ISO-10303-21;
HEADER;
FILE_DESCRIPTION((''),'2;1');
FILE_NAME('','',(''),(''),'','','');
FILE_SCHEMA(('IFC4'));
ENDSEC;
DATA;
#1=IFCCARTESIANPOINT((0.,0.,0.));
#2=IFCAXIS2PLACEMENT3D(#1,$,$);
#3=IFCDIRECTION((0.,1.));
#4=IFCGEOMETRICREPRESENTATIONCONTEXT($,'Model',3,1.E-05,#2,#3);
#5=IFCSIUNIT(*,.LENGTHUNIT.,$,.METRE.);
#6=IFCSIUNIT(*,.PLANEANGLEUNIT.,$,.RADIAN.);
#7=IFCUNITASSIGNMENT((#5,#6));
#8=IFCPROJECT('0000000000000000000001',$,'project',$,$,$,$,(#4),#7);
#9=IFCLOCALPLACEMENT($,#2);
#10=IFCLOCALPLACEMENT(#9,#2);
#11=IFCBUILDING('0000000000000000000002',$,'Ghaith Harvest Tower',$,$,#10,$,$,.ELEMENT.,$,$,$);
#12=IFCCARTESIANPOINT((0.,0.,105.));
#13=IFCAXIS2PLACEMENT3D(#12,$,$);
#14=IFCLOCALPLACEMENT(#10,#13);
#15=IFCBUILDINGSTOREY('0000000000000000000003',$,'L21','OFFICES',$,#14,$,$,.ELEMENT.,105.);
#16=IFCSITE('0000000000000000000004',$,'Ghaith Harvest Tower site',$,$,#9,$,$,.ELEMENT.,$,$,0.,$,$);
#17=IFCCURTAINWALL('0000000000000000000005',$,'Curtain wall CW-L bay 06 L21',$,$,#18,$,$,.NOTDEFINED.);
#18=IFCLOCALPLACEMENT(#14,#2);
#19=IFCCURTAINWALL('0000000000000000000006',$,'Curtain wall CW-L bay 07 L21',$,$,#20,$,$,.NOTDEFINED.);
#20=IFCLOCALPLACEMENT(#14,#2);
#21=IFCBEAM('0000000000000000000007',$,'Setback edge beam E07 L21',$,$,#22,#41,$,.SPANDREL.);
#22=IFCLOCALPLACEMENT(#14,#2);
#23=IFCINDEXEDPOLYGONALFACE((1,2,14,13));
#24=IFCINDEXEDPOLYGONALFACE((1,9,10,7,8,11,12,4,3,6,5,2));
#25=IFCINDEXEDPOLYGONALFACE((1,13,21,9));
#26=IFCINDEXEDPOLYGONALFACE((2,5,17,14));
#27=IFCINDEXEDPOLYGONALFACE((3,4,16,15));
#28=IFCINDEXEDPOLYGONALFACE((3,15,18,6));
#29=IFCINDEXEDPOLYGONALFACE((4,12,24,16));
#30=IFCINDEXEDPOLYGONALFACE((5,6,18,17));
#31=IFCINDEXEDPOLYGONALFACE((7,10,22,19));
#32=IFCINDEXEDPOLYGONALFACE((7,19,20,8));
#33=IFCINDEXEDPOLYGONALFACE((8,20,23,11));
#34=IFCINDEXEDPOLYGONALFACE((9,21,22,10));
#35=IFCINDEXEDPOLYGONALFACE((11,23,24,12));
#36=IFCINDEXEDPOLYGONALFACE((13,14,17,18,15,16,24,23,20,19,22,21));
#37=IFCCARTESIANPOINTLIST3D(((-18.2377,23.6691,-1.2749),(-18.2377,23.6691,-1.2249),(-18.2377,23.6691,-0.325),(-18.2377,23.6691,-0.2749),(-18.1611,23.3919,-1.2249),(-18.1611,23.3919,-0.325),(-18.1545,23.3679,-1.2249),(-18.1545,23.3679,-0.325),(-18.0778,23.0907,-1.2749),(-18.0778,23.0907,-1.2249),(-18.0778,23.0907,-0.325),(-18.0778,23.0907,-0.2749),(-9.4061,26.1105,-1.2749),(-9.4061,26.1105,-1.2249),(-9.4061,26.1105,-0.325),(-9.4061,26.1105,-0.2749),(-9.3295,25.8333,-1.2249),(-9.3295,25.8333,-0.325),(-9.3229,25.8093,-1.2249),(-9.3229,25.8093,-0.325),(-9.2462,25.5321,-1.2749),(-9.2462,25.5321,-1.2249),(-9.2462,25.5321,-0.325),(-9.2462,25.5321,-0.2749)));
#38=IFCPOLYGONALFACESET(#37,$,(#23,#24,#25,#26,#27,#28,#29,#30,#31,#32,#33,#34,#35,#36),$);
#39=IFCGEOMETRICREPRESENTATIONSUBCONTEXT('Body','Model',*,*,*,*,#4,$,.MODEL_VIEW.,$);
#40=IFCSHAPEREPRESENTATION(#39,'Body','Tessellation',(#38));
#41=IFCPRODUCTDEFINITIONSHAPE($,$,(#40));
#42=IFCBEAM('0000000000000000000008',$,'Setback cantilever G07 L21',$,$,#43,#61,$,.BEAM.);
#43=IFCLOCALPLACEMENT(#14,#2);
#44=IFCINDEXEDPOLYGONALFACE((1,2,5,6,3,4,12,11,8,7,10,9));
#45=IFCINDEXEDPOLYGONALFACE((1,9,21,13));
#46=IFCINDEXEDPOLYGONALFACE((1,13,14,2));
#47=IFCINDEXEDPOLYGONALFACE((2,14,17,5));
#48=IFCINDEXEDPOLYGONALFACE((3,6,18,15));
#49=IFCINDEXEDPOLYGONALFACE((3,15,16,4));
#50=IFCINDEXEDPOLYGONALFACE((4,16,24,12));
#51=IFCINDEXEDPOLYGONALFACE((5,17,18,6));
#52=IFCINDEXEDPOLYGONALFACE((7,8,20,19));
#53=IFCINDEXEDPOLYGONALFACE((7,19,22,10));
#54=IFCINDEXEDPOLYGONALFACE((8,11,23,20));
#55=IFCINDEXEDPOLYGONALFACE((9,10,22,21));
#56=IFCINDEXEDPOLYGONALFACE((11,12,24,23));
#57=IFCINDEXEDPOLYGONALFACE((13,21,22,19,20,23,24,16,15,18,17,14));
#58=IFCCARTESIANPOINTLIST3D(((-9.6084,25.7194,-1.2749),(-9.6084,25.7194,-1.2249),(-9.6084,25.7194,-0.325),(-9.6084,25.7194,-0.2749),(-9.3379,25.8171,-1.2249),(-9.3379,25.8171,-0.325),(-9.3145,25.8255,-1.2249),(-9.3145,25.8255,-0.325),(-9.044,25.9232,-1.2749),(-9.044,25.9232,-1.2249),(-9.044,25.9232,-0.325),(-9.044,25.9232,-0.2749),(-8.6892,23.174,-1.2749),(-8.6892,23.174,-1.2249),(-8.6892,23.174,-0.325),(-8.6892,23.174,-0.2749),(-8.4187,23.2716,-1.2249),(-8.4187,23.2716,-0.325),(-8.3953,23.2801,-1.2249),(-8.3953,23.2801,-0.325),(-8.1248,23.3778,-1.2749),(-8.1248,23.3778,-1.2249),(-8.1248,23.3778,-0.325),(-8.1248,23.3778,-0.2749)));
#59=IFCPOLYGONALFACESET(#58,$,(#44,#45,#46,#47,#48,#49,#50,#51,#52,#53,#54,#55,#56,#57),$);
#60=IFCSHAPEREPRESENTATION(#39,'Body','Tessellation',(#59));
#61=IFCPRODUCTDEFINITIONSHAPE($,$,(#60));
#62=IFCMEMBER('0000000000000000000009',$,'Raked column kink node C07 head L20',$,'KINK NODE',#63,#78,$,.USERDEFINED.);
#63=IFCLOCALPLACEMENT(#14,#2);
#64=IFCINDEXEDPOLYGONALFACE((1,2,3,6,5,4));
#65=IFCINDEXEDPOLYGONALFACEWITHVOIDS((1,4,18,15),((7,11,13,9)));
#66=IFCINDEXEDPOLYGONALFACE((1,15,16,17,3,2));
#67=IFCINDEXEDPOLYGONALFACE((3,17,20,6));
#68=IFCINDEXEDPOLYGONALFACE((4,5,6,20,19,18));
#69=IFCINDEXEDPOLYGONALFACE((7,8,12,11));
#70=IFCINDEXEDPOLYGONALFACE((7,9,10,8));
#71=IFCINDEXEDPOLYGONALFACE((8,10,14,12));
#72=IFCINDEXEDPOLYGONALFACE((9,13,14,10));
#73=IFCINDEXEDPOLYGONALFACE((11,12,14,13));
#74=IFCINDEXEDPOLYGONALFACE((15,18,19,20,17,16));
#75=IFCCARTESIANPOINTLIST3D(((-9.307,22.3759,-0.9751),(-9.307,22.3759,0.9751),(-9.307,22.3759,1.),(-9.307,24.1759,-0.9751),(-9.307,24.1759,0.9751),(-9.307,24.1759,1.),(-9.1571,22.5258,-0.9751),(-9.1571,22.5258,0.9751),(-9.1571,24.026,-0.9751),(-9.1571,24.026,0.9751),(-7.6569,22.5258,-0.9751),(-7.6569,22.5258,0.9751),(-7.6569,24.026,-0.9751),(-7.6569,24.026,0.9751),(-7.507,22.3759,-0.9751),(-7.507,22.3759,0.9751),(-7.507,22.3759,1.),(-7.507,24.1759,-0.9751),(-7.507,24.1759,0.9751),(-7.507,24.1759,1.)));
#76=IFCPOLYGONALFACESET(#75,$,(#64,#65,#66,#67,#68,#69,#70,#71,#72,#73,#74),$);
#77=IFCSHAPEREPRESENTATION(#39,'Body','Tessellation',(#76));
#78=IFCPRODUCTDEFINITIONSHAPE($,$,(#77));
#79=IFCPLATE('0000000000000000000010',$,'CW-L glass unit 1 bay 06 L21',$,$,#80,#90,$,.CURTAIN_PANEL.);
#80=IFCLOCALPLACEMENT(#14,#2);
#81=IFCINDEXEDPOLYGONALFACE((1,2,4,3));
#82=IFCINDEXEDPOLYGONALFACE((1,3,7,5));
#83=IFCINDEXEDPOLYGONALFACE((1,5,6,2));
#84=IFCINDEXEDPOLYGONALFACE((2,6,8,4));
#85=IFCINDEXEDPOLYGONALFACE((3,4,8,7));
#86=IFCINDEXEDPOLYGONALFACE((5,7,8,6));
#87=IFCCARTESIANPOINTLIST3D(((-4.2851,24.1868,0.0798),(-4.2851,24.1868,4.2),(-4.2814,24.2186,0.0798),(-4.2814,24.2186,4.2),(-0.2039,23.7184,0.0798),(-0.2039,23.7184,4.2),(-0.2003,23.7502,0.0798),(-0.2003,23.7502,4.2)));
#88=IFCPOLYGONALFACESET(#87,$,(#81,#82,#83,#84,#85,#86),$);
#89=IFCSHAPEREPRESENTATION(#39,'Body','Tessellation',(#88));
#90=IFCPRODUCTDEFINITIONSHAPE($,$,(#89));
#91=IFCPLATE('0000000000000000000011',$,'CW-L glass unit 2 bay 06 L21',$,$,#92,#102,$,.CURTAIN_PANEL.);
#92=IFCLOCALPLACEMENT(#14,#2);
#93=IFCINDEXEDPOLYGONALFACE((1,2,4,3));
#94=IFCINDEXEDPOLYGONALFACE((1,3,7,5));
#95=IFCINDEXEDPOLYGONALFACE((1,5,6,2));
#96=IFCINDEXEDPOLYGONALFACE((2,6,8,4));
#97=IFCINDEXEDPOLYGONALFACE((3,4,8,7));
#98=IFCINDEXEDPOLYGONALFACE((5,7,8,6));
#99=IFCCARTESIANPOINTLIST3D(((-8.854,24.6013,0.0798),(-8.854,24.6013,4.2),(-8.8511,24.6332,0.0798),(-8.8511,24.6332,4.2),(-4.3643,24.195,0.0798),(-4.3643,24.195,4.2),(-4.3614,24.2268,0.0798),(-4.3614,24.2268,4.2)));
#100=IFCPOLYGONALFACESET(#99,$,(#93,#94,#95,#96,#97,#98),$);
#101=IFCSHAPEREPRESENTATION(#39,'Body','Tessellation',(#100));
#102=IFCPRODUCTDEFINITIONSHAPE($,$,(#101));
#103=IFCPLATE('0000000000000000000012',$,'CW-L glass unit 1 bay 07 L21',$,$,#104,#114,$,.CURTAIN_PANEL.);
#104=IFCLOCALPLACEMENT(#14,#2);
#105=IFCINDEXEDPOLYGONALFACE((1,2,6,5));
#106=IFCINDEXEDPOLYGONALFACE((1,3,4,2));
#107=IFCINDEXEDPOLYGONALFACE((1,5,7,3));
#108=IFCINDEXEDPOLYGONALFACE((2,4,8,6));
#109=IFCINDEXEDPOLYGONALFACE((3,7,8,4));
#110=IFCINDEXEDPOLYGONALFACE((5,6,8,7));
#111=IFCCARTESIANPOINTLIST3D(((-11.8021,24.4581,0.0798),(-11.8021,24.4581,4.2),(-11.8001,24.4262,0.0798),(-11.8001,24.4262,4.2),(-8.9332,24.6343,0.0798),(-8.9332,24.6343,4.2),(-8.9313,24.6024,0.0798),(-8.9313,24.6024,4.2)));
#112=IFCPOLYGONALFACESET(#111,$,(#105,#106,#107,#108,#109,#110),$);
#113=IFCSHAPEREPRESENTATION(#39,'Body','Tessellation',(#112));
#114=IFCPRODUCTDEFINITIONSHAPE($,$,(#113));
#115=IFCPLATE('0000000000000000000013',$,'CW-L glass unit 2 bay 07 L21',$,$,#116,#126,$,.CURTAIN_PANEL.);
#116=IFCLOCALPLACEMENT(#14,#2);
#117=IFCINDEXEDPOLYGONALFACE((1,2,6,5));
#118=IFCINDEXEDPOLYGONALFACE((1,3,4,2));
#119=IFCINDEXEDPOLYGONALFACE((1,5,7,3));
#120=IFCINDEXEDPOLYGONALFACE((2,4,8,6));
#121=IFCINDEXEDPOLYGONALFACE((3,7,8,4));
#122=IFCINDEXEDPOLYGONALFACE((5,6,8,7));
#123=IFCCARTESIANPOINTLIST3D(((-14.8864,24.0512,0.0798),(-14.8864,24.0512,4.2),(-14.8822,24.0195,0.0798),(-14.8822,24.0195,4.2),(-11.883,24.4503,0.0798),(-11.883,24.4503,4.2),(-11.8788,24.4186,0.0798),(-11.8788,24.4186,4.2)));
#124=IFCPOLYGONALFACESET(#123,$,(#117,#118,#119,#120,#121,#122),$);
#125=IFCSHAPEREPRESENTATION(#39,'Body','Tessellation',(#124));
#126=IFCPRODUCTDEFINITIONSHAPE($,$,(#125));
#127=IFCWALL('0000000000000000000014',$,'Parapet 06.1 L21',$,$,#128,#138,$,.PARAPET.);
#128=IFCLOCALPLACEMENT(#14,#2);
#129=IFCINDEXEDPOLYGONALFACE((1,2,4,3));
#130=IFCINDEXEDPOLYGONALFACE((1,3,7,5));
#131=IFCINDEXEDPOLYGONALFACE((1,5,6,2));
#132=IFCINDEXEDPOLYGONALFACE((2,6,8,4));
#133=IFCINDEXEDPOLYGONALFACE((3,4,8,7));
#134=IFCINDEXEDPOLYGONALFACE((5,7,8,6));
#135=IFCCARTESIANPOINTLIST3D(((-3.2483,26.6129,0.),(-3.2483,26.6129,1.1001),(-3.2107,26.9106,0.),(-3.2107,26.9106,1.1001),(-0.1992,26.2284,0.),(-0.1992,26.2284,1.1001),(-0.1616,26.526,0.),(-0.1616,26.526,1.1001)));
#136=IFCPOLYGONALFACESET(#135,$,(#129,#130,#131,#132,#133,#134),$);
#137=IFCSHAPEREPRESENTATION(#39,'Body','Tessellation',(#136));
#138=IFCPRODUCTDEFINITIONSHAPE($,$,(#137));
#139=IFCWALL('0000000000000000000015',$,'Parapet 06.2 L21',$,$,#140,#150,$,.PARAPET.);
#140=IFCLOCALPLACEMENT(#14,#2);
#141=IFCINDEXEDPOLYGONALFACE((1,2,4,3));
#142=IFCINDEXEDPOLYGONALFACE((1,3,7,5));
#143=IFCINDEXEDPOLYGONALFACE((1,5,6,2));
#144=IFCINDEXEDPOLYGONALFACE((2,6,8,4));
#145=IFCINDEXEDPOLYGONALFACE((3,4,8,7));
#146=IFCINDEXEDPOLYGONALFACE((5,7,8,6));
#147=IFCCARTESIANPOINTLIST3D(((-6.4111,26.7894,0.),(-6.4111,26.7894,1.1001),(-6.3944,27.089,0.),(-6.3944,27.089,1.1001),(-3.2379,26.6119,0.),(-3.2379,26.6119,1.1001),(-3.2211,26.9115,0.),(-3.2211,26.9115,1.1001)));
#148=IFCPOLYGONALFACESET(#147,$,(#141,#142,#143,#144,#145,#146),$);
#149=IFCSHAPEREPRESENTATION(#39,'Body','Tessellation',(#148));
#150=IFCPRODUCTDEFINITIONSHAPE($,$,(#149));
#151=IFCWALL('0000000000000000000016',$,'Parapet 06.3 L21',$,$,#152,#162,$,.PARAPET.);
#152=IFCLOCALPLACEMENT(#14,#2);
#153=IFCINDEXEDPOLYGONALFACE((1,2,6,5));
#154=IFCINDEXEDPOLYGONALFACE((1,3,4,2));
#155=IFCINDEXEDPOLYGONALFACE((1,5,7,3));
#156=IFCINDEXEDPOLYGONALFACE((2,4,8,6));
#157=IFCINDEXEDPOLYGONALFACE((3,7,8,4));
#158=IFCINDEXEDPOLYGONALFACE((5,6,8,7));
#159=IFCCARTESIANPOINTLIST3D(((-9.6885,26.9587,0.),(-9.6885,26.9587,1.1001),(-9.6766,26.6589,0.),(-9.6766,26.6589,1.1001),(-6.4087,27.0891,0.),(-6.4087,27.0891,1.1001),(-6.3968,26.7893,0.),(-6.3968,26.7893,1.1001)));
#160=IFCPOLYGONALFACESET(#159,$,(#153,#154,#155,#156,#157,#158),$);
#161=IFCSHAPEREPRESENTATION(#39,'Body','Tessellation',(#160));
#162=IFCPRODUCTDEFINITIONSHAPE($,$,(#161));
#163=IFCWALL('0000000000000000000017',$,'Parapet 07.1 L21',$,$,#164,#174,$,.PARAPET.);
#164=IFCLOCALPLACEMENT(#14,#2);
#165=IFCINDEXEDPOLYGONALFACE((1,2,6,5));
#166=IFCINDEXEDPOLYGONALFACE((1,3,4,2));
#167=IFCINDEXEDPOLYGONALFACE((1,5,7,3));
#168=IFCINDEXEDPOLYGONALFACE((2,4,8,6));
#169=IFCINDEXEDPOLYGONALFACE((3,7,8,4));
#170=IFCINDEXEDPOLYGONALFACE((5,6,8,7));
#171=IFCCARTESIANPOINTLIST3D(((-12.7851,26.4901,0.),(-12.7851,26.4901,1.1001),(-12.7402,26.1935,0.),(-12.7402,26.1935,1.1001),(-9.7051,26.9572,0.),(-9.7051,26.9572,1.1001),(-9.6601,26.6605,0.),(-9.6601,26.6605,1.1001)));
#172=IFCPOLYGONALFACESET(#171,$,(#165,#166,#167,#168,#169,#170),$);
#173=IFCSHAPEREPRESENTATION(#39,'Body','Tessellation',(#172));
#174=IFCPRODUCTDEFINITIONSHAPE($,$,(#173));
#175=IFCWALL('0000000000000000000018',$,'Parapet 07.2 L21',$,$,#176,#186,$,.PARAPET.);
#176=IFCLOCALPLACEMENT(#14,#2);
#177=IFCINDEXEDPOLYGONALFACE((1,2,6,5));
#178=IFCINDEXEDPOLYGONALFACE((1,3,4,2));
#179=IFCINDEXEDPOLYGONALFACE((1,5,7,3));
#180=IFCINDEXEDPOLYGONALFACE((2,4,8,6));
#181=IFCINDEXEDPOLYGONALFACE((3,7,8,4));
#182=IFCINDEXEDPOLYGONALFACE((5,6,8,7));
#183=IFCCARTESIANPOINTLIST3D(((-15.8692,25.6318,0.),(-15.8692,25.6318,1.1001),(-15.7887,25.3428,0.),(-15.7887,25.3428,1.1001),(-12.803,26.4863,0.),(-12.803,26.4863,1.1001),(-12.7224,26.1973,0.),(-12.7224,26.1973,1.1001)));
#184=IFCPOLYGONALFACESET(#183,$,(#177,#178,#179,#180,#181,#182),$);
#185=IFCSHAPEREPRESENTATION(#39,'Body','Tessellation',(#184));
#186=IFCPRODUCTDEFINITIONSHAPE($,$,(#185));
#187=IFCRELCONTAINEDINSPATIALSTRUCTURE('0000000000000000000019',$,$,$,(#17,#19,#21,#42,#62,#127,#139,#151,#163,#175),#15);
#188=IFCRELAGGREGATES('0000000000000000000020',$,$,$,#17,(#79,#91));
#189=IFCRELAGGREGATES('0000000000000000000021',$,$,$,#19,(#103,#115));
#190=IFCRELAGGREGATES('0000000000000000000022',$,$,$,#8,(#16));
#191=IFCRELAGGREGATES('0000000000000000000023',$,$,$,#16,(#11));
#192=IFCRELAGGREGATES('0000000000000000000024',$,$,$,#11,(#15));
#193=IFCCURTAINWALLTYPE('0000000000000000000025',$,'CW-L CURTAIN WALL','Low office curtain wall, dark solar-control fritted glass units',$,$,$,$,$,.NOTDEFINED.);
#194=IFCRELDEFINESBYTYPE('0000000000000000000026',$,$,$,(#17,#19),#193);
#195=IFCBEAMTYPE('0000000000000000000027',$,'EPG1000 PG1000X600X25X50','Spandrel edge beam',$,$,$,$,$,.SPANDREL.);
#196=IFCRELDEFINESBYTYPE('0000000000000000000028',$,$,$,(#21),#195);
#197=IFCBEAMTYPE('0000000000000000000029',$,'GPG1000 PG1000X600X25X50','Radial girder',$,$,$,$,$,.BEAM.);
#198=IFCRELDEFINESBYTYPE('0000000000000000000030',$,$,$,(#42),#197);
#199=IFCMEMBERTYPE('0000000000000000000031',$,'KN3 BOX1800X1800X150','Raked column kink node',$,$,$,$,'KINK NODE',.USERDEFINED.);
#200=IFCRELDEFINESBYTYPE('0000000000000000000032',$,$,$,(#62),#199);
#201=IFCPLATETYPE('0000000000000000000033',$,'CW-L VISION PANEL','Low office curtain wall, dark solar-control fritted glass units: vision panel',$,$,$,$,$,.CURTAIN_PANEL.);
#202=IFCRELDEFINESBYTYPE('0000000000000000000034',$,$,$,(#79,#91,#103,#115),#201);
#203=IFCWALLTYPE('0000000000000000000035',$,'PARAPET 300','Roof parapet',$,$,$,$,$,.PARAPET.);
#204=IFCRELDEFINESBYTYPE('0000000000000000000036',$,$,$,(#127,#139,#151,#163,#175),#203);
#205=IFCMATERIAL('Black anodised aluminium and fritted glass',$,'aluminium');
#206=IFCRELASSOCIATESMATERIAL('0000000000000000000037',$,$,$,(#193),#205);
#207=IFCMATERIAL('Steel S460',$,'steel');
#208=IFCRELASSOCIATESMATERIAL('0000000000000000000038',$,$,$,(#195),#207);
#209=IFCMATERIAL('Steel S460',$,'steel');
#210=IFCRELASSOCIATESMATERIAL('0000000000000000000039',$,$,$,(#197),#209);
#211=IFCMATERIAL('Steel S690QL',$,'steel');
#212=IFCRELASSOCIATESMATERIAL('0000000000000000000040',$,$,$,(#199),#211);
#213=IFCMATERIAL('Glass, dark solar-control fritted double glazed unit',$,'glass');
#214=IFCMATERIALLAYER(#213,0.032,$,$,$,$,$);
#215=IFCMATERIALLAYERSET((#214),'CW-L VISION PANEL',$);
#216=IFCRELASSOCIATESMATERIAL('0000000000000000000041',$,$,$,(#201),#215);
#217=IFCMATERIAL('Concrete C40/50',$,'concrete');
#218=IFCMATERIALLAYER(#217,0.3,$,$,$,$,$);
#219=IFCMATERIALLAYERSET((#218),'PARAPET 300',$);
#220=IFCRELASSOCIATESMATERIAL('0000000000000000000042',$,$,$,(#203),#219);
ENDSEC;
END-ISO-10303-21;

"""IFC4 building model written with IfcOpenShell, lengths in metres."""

from ifc_helpers import new_model, si_unit, direction, frame, frame_2d, origin, origin_2d, place, context, subcontext, project, spatial, rectangle, hollow_rectangle, i_section, extrude, boolean, material, layer, layer_set, material_profile, profile_set, type_object, element, aggregate, save


model = new_model("IFC4")

# Units and contexts
model_context = context("Model", 3, precision=1e-05, world=origin(), true_north=direction((0.0, 1.0)))
body_context = subcontext(model_context, "Body", "Model", "MODEL_VIEW")
ifc_project = project(units=[si_unit("LENGTHUNIT", "METRE"), si_unit("PLANEANGLEUNIT", "RADIAN")], contexts=[model_context])

# Site, building, storey
site_placement = place(None, origin())
site = spatial("IfcSite", under=ifc_project, at=site_placement, Name="Ghaith Harvest Tower site", CompositionType="ELEMENT", RefElevation=0.0)
building_placement = place(site_placement, origin())
building = spatial("IfcBuilding", under=site, at=building_placement, Name="Ghaith Harvest Tower", CompositionType="ELEMENT")
storey_placement = place(building_placement, frame((0.0, 0.0, 105.0)))
storey = spatial("IfcBuildingStorey", under=building, at=storey_placement, Name="L21", Description="OFFICES", CompositionType="ELEMENT", Elevation=105.0)

# Curtain walls
ifc_material_1 = material(Name="Black anodised aluminium and fritted glass", Category="aluminium")
curtain_wall_type = type_object("IfcCurtainWallType", Name="CW-L CURTAIN WALL", Description="Low office curtain wall, dark solar-control fritted glass units", PredefinedType="NOTDEFINED", material=ifc_material_1)
curtain_wall_1_placement = place(storey_placement, origin())
curtain_wall_1 = element("IfcCurtainWall", 1, at=curtain_wall_1_placement, inside=storey, type_object=curtain_wall_type, Name="Curtain wall CW-L bay 06 L21", PredefinedType="NOTDEFINED")
curtain_wall_2_placement = place(storey_placement, origin())
curtain_wall_2 = element("IfcCurtainWall", 2, at=curtain_wall_2_placement, inside=storey, type_object=curtain_wall_type, Name="Curtain wall CW-L bay 07 L21", PredefinedType="NOTDEFINED")

# Beams
ifc_material_2 = material(Name="Steel S460", Category="steel")
ifc_material_profile_1 = material_profile(ifc_material_2, i_section(OverallWidth=0.6001, OverallDepth=1.0, WebThickness=0.0249, FlangeThickness=0.05, at=origin_2d()), Name="PG1000X600X25X50")
ifc_profile_set_1 = profile_set([ifc_material_profile_1], Name="Steel S460")
beam_type_1 = type_object("IfcBeamType", Name="EPG1000 PG1000X600X25X50", Description="Spandrel edge beam", PredefinedType="SPANDREL", material=ifc_profile_set_1)
beam_1_placement = place(storey_placement, frame((-9.3262, 25.8213, -0.7749), z_axis=(-0.963849, -0.266448, 0.0), x_axis=(0.266448, -0.963849, 0.0)))
element("IfcBeam", 3, at=beam_1_placement, inside=storey, type_object=beam_type_1, Name="Setback edge beam E07 L21", PredefinedType="SPANDREL", context=body_context, shape_type="SweptSolid", body=[
    extrude(i_section(OverallWidth=0.6001, OverallDepth=1.0, WebThickness=0.0249, FlangeThickness=0.05, at=origin_2d()), origin(), (0.0, 0.0, 1.0), 9.1628),
])
ifc_material_3 = material(Name="Steel S460", Category="steel")
ifc_material_profile_2 = material_profile(ifc_material_3, i_section(OverallWidth=0.6001, OverallDepth=1.0, WebThickness=0.0249, FlangeThickness=0.05, at=origin_2d()), Name="PG1000X600X25X50")
ifc_profile_set_2 = profile_set([ifc_material_profile_2], Name="Steel S460")
beam_type_2 = type_object("IfcBeamType", Name="GPG1000 PG1000X600X25X50", Description="Radial girder", PredefinedType="BEAM", material=ifc_profile_set_2)
beam_2_placement = place(storey_placement, frame((-8.407, 23.2759, -0.7749), z_axis=(-0.339649, 0.940552, 0.0), x_axis=(-0.940552, -0.339649, 0.0)))
element("IfcBeam", 4, at=beam_2_placement, inside=storey, type_object=beam_type_2, Name="Setback cantilever G07 L21", PredefinedType="BEAM", context=body_context, shape_type="SweptSolid", body=[
    extrude(i_section(OverallWidth=0.6001, OverallDepth=1.0, WebThickness=0.0249, FlangeThickness=0.05, at=origin_2d()), origin(), (0.0, 0.0, 1.0), 2.7063),
])

# Member
ifc_material_4 = material(Name="Steel S690QL", Category="steel")
ifc_material_profile_3 = material_profile(ifc_material_4, hollow_rectangle(XDim=1.8, YDim=1.8, WallThickness=0.1499, at=origin_2d()), Name="BOX1800X1800X150")
ifc_profile_set_3 = profile_set([ifc_material_profile_3], Name="Steel S690QL")
member_type_1 = type_object("IfcMemberType", Name="KN3 BOX1800X1800X150", Description="Raked column kink node", ElementType="KINK NODE", PredefinedType="USERDEFINED", material=ifc_profile_set_3)
member_1_placement = place(storey_placement, frame((-8.407, 23.2759, -0.9751), z_axis=(0.0, 0.0, 1.0), x_axis=(1.0, 0.0, 0.0)))
element("IfcMember", 5, at=member_1_placement, inside=storey, type_object=member_type_1, Name="Raked column kink node C07 head L20", ObjectType="KINK NODE", PredefinedType="USERDEFINED", context=body_context, shape_type="CSG", body=[
    boolean("UNION", extrude(hollow_rectangle(XDim=1.8, YDim=1.8, WallThickness=0.1499, at=origin_2d()), origin(), (0.0, 0.0, 1.0), 1.9502), extrude(rectangle(XDim=1.8, YDim=1.8, at=origin_2d()), frame((0.0, 0.0, 1.9502)), (0.0, 0.0, 1.0), 0.0249)),
])

# Plates
ifc_material_5 = material(Name="Glass, dark solar-control fritted double glazed unit", Category="glass")
ifc_layer_1 = layer(ifc_material_5, 0.032)
ifc_layer_set_1 = layer_set([ifc_layer_1], Name="CW-L VISION PANEL")
plate_type = type_object("IfcPlateType", Name="CW-L VISION PANEL", Description="Low office curtain wall, dark solar-control fritted glass units: vision panel", PredefinedType="CURTAIN_PANEL", material=ifc_layer_set_1)
plate_1_placement = place(storey_placement, frame((-2.2427, 23.9685, 0.0798), z_axis=(0.0, 0.0, 1.0), x_axis=(-0.993477, 0.114032, 0.0)))
plate_1 = element("IfcPlate", 6, at=plate_1_placement, type_object=plate_type, Name="CW-L glass unit 1 bay 06 L21", PredefinedType="CURTAIN_PANEL", context=body_context, shape_type="SweptSolid", body=[
    extrude(rectangle(XDim=4.1079, YDim=0.032, at=origin_2d()), origin(), (0.0, 0.0, 1.0), 4.1201),
])
plate_2_placement = place(storey_placement, frame((-6.6077, 24.4141, 0.0798), z_axis=(0.0, 0.0, 1.0), x_axis=(-0.995929, 0.090144, 0.0)))
plate_2 = element("IfcPlate", 7, at=plate_2_placement, type_object=plate_type, Name="CW-L glass unit 2 bay 06 L21", PredefinedType="CURTAIN_PANEL", context=body_context, shape_type="SweptSolid", body=[
    extrude(rectangle(XDim=4.5081, YDim=0.032, at=origin_2d()), origin(), (0.0, 0.0, 1.0), 4.1201),
])
aggregate(curtain_wall_1, [plate_1, plate_2])
plate_3_placement = place(storey_placement, frame((-10.3667, 24.5303, 0.0798), z_axis=(0.0, 0.0, 1.0), x_axis=(-0.998119, -0.061303, 0.0)))
plate_3 = element("IfcPlate", 8, at=plate_3_placement, type_object=plate_type, Name="CW-L glass unit 1 bay 07 L21", PredefinedType="CURTAIN_PANEL", context=body_context, shape_type="SweptSolid", body=[
    extrude(rectangle(XDim=2.8743, YDim=0.032, at=origin_2d()), origin(), (0.0, 0.0, 1.0), 4.1201),
])
plate_4_placement = place(storey_placement, frame((-13.3826, 24.2349, 0.0798), z_axis=(0.0, 0.0, 1.0), x_axis=(-0.991286, -0.131728, 0.0)))
plate_4 = element("IfcPlate", 9, at=plate_4_placement, type_object=plate_type, Name="CW-L glass unit 2 bay 07 L21", PredefinedType="CURTAIN_PANEL", context=body_context, shape_type="SweptSolid", body=[
    extrude(rectangle(XDim=3.0298, YDim=0.032, at=origin_2d()), origin(), (0.0, 0.0, 1.0), 4.1201),
])
aggregate(curtain_wall_2, [plate_3, plate_4])

# Walls
ifc_material_6 = material(Name="Concrete C40/50", Category="concrete")
ifc_layer_2 = layer(ifc_material_6, 0.3)
ifc_layer_set_2 = layer_set([ifc_layer_2], Name="PARAPET 300")
wall_type_1 = type_object("IfcWallType", Name="PARAPET 300", Description="Roof parapet", PredefinedType="PARAPET", material=ifc_layer_set_2)
wall_1_placement = place(storey_placement, frame((-0.1804, 26.3772, 0.0), z_axis=(0.0, 0.0, 1.0), x_axis=(-0.992142, 0.12512, 0.0)))
element("IfcWall", 10, at=wall_1_placement, inside=storey, type_object=wall_type_1, Name="Parapet 06.1 L21", PredefinedType="PARAPET", context=body_context, shape_type="SweptSolid", body=[
    extrude(rectangle(XDim=3.0732, YDim=0.3, at=frame_2d((1.5366, 0.0))), origin(), (0.0, 0.0, 1.0), 1.1001),
])
wall_2_placement = place(storey_placement, frame((-3.2295, 26.7617, 0.0), z_axis=(0.0, 0.0, 1.0), x_axis=(-0.998439, 0.055844, 0.0)))
element("IfcWall", 11, at=wall_2_placement, inside=storey, type_object=wall_type_1, Name="Parapet 06.2 L21", PredefinedType="PARAPET", context=body_context, shape_type="SweptSolid", body=[
    extrude(rectangle(XDim=3.1782, YDim=0.3, at=frame_2d((1.5891, 0.0))), origin(), (0.0, 0.0, 1.0), 1.1001),
])
wall_3_placement = place(storey_placement, frame((-6.4028, 26.9392, 0.0), z_axis=(0.0, 0.0, 1.0), x_axis=(-0.999211, -0.039719, 0.0)))
element("IfcWall", 12, at=wall_3_placement, inside=storey, type_object=wall_type_1, Name="Parapet 06.3 L21", PredefinedType="PARAPET", context=body_context, shape_type="SweptSolid", body=[
    extrude(rectangle(XDim=3.2825, YDim=0.3, at=frame_2d((1.6411, 0.0))), origin(), (0.0, 0.0, 1.0), 1.1001),
])
wall_4_placement = place(storey_placement, frame((-9.6826, 26.8088, 0.0), z_axis=(0.0, 0.0, 1.0), x_axis=(-0.988698, -0.149919, 0.0)))
element("IfcWall", 13, at=wall_4_placement, inside=storey, type_object=wall_type_1, Name="Parapet 07.1 L21", PredefinedType="PARAPET", context=body_context, shape_type="SweptSolid", body=[
    extrude(rectangle(XDim=3.1152, YDim=0.3, at=frame_2d((1.5576, 0.0))), origin(), (0.0, 0.0, 1.0), 1.1001),
])
wall_5_placement = place(storey_placement, frame((-12.7627, 26.3418, 0.0), z_axis=(0.0, 0.0, 1.0), x_axis=(-0.963292, -0.268455, 0.0)))
element("IfcWall", 14, at=wall_5_placement, inside=storey, type_object=wall_type_1, Name="Parapet 07.2 L21", PredefinedType="PARAPET", context=body_context, shape_type="SweptSolid", body=[
    extrude(rectangle(XDim=3.1831, YDim=0.3, at=frame_2d((1.5916, 0.0))), origin(), (0.0, 0.0, 1.0), 1.1001),
])

save(model, "model.ifc")
